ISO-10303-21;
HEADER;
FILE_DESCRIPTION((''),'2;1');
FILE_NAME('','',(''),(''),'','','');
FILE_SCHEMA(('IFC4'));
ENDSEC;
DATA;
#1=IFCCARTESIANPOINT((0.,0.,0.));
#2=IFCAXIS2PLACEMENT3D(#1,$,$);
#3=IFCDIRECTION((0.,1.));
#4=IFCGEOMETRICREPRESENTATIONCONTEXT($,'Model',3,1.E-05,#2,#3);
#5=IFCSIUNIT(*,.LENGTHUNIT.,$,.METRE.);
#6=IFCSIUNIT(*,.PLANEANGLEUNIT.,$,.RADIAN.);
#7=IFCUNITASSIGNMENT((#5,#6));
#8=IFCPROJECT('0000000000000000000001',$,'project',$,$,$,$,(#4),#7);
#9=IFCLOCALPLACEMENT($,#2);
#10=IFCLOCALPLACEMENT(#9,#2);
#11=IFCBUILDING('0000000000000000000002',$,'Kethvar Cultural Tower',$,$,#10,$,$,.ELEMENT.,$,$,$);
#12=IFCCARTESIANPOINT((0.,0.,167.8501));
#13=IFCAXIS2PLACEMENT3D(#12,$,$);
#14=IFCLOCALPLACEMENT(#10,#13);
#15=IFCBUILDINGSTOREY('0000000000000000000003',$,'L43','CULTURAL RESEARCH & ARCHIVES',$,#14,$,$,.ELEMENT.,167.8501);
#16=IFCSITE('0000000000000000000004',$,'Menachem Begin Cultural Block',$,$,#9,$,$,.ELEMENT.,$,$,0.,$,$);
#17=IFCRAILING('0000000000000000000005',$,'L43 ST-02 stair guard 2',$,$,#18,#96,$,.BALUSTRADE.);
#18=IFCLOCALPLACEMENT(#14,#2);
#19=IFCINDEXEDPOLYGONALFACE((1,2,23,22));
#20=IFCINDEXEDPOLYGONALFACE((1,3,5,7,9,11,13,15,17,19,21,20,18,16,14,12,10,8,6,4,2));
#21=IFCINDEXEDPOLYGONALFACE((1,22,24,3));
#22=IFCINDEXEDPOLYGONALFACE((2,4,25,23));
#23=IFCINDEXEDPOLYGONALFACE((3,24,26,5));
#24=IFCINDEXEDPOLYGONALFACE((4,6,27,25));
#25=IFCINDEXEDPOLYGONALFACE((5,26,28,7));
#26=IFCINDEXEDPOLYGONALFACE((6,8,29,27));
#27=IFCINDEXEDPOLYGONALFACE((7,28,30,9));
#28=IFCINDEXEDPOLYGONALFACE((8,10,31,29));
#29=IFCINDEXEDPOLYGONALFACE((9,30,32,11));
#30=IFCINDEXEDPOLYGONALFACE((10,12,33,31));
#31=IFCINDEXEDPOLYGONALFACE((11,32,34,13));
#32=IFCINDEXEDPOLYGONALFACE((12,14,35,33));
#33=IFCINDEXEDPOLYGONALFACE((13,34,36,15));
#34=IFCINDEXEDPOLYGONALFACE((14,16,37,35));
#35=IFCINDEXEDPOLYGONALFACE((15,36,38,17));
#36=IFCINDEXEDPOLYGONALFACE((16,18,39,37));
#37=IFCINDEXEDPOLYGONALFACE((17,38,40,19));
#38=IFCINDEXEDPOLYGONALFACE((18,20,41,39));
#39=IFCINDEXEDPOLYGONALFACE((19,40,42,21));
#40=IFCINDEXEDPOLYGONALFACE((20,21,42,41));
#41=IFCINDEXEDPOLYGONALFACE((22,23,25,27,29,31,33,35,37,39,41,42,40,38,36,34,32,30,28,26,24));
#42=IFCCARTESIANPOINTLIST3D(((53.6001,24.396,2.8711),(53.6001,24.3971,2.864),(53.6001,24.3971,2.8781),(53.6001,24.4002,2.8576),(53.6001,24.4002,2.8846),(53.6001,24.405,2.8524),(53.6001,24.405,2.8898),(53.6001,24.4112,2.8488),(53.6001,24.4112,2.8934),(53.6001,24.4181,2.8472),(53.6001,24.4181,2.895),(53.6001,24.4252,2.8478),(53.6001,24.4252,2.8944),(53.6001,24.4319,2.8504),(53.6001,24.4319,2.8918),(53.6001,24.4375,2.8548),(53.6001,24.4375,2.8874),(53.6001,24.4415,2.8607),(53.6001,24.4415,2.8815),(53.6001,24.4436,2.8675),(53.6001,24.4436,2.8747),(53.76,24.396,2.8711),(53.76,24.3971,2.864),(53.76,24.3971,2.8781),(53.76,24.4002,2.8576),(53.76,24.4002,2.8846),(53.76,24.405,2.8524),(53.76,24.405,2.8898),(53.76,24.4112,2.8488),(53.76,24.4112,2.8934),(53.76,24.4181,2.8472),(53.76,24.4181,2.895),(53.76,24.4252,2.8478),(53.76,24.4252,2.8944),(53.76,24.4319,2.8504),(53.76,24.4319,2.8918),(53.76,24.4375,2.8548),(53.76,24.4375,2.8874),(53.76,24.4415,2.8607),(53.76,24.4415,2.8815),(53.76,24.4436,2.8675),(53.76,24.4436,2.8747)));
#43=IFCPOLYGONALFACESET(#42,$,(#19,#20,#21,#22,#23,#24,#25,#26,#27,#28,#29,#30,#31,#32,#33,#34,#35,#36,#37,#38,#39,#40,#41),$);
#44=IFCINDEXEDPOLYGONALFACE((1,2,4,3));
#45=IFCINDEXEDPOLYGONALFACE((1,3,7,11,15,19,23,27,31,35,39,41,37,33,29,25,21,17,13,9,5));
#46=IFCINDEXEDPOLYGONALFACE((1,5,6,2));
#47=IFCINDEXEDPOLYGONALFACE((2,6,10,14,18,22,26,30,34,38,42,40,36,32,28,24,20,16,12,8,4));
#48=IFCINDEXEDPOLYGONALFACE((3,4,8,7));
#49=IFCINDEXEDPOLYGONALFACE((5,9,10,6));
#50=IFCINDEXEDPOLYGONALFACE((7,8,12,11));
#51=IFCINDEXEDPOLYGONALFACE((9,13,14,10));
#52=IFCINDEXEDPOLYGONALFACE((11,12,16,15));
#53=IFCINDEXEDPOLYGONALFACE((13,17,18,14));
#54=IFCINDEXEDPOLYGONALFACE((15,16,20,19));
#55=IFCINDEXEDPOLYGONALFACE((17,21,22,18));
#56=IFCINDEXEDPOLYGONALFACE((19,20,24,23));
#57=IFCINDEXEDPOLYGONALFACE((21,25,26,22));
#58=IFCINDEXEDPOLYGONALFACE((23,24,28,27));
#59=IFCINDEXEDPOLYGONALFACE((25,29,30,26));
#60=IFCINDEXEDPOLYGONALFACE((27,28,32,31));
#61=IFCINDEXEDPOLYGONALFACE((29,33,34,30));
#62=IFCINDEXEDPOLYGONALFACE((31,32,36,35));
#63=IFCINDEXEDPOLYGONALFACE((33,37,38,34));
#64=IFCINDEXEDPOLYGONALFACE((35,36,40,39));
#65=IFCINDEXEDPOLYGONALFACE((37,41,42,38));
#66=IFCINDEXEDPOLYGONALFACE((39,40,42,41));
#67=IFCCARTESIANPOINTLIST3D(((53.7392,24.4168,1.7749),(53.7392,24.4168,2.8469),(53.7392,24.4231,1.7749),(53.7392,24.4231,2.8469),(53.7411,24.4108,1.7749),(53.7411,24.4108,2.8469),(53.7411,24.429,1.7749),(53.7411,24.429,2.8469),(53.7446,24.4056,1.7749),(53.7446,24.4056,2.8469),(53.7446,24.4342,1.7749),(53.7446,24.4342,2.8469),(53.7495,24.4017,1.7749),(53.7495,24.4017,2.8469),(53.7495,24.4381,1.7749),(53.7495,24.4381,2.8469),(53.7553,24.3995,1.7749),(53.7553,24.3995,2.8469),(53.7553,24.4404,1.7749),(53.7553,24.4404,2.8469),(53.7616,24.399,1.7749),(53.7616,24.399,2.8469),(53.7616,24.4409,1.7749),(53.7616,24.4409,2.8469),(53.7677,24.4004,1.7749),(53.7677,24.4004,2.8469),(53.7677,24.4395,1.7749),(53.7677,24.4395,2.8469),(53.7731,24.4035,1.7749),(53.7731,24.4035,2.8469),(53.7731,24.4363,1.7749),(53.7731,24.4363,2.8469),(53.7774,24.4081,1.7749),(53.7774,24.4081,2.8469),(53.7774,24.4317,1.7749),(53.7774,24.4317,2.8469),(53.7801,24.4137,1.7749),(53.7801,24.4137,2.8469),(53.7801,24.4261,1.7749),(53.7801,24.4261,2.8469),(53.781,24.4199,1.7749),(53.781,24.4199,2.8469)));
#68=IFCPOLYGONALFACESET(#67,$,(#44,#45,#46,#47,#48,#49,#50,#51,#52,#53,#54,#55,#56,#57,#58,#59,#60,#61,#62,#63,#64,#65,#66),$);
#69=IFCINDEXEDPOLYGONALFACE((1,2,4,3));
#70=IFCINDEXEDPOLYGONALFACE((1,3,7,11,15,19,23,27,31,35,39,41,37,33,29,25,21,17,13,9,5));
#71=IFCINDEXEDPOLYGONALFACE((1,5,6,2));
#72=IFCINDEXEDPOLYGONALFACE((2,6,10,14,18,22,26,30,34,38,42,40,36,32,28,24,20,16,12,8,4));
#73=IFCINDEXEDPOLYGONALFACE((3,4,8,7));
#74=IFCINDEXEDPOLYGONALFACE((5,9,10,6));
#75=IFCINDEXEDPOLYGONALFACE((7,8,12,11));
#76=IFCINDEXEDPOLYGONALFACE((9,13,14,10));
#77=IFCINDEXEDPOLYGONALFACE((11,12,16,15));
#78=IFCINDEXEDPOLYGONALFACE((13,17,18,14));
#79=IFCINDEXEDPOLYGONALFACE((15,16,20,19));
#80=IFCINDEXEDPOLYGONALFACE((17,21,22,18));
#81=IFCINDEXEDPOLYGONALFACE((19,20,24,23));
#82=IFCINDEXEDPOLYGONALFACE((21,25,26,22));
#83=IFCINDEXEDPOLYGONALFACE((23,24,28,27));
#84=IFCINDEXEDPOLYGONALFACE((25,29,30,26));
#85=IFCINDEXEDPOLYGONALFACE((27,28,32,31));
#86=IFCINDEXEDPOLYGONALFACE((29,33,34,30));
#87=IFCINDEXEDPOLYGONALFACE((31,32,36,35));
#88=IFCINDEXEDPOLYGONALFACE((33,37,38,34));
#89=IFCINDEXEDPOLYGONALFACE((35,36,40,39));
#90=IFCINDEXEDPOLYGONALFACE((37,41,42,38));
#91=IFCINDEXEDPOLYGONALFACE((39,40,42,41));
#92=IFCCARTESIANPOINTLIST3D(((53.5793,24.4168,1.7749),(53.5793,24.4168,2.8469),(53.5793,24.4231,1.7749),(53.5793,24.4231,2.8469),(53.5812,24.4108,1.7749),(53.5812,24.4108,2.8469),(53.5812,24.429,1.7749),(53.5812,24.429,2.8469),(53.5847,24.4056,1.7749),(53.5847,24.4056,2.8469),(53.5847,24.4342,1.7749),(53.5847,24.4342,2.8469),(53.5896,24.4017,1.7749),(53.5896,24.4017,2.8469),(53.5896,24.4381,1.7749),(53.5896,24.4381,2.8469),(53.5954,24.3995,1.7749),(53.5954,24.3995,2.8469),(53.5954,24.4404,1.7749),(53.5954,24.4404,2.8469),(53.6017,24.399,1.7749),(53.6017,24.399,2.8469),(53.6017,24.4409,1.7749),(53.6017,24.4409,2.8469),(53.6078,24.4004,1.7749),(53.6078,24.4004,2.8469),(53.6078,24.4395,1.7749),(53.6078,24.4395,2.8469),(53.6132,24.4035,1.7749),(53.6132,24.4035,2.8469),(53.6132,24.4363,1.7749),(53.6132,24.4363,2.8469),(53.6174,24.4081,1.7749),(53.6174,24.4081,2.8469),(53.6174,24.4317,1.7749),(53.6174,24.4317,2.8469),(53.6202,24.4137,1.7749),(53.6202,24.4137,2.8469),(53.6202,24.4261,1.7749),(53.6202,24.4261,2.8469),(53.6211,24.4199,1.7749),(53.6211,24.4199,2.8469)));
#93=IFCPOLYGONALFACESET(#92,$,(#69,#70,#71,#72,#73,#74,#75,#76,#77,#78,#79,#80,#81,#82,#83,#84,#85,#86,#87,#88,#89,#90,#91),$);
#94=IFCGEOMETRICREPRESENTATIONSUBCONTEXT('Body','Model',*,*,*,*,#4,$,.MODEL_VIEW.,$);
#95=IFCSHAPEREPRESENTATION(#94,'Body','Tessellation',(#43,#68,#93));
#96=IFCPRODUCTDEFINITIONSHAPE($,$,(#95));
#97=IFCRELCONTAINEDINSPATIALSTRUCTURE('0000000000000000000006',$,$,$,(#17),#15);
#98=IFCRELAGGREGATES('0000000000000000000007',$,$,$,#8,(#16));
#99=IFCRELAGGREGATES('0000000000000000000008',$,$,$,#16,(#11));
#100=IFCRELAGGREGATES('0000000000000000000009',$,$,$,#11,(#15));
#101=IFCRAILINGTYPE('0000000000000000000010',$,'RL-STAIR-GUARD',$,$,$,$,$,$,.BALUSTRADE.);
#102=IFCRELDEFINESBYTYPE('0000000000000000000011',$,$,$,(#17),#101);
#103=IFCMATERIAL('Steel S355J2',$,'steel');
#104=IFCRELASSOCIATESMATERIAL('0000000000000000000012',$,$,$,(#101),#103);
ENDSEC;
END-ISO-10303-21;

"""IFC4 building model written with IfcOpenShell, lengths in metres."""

from ifc_helpers import new_model, si_unit, direction, frame, origin, origin_2d, place, context, subcontext, project, spatial, circle, extrude, material, type_object, element, save


model = new_model("IFC4")

# Units and contexts
model_context = context("Model", 3, precision=1e-05, world=origin(), true_north=direction((0.0, 1.0)))
body_context = subcontext(model_context, "Body", "Model", "MODEL_VIEW")
ifc_project = project(units=[si_unit("LENGTHUNIT", "METRE"), si_unit("PLANEANGLEUNIT", "RADIAN")], contexts=[model_context])

# Site, building, storey
site_placement = place(None, origin())
site = spatial("IfcSite", under=ifc_project, at=site_placement, Name="Menachem Begin Cultural Block", CompositionType="ELEMENT", RefElevation=0.0)
building_placement = place(site_placement, origin())
building = spatial("IfcBuilding", under=site, at=building_placement, Name="Kethvar Cultural Tower", CompositionType="ELEMENT")
storey_placement = place(building_placement, frame((0.0, 0.0, 167.8501)))
storey = spatial("IfcBuildingStorey", under=building, at=storey_placement, Name="L43", Description="CULTURAL RESEARCH & ARCHIVES", CompositionType="ELEMENT", Elevation=167.8501)

# Shared definitions
ifc_material_1 = material(Name="Steel S355J2", Category="steel")

# Railing
railing_type_1 = type_object("IfcRailingType", Name="RL-STAIR-GUARD", PredefinedType="BALUSTRADE", material=ifc_material_1)
railing_1_placement = place(storey_placement, frame((53.76, 24.4199, 1.7749)))
element("IfcRailing", 1, at=railing_1_placement, inside=storey, type_object=railing_type_1, Name="L43 ST-02 stair guard 2", PredefinedType="BALUSTRADE", context=body_context, shape_type="SweptSolid", body=[
    extrude(circle(Radius=0.0239, at=origin_2d()), frame((0.0, 0.0, 1.0962), z_axis=(-1.0, 0.0, 0.0), x_axis=(0.0, -1.0, 0.0)), (0.0, 0.0, 1.0), 0.1599),
    extrude(circle(Radius=0.021, at=origin_2d()), origin(), (0.0, 0.0, 1.0), 1.072),
    extrude(circle(Radius=0.021, at=origin_2d()), frame((-0.1599, 0.0, 0.0)), (0.0, 0.0, 1.0), 1.072),
])

save(model, "model.ifc")
